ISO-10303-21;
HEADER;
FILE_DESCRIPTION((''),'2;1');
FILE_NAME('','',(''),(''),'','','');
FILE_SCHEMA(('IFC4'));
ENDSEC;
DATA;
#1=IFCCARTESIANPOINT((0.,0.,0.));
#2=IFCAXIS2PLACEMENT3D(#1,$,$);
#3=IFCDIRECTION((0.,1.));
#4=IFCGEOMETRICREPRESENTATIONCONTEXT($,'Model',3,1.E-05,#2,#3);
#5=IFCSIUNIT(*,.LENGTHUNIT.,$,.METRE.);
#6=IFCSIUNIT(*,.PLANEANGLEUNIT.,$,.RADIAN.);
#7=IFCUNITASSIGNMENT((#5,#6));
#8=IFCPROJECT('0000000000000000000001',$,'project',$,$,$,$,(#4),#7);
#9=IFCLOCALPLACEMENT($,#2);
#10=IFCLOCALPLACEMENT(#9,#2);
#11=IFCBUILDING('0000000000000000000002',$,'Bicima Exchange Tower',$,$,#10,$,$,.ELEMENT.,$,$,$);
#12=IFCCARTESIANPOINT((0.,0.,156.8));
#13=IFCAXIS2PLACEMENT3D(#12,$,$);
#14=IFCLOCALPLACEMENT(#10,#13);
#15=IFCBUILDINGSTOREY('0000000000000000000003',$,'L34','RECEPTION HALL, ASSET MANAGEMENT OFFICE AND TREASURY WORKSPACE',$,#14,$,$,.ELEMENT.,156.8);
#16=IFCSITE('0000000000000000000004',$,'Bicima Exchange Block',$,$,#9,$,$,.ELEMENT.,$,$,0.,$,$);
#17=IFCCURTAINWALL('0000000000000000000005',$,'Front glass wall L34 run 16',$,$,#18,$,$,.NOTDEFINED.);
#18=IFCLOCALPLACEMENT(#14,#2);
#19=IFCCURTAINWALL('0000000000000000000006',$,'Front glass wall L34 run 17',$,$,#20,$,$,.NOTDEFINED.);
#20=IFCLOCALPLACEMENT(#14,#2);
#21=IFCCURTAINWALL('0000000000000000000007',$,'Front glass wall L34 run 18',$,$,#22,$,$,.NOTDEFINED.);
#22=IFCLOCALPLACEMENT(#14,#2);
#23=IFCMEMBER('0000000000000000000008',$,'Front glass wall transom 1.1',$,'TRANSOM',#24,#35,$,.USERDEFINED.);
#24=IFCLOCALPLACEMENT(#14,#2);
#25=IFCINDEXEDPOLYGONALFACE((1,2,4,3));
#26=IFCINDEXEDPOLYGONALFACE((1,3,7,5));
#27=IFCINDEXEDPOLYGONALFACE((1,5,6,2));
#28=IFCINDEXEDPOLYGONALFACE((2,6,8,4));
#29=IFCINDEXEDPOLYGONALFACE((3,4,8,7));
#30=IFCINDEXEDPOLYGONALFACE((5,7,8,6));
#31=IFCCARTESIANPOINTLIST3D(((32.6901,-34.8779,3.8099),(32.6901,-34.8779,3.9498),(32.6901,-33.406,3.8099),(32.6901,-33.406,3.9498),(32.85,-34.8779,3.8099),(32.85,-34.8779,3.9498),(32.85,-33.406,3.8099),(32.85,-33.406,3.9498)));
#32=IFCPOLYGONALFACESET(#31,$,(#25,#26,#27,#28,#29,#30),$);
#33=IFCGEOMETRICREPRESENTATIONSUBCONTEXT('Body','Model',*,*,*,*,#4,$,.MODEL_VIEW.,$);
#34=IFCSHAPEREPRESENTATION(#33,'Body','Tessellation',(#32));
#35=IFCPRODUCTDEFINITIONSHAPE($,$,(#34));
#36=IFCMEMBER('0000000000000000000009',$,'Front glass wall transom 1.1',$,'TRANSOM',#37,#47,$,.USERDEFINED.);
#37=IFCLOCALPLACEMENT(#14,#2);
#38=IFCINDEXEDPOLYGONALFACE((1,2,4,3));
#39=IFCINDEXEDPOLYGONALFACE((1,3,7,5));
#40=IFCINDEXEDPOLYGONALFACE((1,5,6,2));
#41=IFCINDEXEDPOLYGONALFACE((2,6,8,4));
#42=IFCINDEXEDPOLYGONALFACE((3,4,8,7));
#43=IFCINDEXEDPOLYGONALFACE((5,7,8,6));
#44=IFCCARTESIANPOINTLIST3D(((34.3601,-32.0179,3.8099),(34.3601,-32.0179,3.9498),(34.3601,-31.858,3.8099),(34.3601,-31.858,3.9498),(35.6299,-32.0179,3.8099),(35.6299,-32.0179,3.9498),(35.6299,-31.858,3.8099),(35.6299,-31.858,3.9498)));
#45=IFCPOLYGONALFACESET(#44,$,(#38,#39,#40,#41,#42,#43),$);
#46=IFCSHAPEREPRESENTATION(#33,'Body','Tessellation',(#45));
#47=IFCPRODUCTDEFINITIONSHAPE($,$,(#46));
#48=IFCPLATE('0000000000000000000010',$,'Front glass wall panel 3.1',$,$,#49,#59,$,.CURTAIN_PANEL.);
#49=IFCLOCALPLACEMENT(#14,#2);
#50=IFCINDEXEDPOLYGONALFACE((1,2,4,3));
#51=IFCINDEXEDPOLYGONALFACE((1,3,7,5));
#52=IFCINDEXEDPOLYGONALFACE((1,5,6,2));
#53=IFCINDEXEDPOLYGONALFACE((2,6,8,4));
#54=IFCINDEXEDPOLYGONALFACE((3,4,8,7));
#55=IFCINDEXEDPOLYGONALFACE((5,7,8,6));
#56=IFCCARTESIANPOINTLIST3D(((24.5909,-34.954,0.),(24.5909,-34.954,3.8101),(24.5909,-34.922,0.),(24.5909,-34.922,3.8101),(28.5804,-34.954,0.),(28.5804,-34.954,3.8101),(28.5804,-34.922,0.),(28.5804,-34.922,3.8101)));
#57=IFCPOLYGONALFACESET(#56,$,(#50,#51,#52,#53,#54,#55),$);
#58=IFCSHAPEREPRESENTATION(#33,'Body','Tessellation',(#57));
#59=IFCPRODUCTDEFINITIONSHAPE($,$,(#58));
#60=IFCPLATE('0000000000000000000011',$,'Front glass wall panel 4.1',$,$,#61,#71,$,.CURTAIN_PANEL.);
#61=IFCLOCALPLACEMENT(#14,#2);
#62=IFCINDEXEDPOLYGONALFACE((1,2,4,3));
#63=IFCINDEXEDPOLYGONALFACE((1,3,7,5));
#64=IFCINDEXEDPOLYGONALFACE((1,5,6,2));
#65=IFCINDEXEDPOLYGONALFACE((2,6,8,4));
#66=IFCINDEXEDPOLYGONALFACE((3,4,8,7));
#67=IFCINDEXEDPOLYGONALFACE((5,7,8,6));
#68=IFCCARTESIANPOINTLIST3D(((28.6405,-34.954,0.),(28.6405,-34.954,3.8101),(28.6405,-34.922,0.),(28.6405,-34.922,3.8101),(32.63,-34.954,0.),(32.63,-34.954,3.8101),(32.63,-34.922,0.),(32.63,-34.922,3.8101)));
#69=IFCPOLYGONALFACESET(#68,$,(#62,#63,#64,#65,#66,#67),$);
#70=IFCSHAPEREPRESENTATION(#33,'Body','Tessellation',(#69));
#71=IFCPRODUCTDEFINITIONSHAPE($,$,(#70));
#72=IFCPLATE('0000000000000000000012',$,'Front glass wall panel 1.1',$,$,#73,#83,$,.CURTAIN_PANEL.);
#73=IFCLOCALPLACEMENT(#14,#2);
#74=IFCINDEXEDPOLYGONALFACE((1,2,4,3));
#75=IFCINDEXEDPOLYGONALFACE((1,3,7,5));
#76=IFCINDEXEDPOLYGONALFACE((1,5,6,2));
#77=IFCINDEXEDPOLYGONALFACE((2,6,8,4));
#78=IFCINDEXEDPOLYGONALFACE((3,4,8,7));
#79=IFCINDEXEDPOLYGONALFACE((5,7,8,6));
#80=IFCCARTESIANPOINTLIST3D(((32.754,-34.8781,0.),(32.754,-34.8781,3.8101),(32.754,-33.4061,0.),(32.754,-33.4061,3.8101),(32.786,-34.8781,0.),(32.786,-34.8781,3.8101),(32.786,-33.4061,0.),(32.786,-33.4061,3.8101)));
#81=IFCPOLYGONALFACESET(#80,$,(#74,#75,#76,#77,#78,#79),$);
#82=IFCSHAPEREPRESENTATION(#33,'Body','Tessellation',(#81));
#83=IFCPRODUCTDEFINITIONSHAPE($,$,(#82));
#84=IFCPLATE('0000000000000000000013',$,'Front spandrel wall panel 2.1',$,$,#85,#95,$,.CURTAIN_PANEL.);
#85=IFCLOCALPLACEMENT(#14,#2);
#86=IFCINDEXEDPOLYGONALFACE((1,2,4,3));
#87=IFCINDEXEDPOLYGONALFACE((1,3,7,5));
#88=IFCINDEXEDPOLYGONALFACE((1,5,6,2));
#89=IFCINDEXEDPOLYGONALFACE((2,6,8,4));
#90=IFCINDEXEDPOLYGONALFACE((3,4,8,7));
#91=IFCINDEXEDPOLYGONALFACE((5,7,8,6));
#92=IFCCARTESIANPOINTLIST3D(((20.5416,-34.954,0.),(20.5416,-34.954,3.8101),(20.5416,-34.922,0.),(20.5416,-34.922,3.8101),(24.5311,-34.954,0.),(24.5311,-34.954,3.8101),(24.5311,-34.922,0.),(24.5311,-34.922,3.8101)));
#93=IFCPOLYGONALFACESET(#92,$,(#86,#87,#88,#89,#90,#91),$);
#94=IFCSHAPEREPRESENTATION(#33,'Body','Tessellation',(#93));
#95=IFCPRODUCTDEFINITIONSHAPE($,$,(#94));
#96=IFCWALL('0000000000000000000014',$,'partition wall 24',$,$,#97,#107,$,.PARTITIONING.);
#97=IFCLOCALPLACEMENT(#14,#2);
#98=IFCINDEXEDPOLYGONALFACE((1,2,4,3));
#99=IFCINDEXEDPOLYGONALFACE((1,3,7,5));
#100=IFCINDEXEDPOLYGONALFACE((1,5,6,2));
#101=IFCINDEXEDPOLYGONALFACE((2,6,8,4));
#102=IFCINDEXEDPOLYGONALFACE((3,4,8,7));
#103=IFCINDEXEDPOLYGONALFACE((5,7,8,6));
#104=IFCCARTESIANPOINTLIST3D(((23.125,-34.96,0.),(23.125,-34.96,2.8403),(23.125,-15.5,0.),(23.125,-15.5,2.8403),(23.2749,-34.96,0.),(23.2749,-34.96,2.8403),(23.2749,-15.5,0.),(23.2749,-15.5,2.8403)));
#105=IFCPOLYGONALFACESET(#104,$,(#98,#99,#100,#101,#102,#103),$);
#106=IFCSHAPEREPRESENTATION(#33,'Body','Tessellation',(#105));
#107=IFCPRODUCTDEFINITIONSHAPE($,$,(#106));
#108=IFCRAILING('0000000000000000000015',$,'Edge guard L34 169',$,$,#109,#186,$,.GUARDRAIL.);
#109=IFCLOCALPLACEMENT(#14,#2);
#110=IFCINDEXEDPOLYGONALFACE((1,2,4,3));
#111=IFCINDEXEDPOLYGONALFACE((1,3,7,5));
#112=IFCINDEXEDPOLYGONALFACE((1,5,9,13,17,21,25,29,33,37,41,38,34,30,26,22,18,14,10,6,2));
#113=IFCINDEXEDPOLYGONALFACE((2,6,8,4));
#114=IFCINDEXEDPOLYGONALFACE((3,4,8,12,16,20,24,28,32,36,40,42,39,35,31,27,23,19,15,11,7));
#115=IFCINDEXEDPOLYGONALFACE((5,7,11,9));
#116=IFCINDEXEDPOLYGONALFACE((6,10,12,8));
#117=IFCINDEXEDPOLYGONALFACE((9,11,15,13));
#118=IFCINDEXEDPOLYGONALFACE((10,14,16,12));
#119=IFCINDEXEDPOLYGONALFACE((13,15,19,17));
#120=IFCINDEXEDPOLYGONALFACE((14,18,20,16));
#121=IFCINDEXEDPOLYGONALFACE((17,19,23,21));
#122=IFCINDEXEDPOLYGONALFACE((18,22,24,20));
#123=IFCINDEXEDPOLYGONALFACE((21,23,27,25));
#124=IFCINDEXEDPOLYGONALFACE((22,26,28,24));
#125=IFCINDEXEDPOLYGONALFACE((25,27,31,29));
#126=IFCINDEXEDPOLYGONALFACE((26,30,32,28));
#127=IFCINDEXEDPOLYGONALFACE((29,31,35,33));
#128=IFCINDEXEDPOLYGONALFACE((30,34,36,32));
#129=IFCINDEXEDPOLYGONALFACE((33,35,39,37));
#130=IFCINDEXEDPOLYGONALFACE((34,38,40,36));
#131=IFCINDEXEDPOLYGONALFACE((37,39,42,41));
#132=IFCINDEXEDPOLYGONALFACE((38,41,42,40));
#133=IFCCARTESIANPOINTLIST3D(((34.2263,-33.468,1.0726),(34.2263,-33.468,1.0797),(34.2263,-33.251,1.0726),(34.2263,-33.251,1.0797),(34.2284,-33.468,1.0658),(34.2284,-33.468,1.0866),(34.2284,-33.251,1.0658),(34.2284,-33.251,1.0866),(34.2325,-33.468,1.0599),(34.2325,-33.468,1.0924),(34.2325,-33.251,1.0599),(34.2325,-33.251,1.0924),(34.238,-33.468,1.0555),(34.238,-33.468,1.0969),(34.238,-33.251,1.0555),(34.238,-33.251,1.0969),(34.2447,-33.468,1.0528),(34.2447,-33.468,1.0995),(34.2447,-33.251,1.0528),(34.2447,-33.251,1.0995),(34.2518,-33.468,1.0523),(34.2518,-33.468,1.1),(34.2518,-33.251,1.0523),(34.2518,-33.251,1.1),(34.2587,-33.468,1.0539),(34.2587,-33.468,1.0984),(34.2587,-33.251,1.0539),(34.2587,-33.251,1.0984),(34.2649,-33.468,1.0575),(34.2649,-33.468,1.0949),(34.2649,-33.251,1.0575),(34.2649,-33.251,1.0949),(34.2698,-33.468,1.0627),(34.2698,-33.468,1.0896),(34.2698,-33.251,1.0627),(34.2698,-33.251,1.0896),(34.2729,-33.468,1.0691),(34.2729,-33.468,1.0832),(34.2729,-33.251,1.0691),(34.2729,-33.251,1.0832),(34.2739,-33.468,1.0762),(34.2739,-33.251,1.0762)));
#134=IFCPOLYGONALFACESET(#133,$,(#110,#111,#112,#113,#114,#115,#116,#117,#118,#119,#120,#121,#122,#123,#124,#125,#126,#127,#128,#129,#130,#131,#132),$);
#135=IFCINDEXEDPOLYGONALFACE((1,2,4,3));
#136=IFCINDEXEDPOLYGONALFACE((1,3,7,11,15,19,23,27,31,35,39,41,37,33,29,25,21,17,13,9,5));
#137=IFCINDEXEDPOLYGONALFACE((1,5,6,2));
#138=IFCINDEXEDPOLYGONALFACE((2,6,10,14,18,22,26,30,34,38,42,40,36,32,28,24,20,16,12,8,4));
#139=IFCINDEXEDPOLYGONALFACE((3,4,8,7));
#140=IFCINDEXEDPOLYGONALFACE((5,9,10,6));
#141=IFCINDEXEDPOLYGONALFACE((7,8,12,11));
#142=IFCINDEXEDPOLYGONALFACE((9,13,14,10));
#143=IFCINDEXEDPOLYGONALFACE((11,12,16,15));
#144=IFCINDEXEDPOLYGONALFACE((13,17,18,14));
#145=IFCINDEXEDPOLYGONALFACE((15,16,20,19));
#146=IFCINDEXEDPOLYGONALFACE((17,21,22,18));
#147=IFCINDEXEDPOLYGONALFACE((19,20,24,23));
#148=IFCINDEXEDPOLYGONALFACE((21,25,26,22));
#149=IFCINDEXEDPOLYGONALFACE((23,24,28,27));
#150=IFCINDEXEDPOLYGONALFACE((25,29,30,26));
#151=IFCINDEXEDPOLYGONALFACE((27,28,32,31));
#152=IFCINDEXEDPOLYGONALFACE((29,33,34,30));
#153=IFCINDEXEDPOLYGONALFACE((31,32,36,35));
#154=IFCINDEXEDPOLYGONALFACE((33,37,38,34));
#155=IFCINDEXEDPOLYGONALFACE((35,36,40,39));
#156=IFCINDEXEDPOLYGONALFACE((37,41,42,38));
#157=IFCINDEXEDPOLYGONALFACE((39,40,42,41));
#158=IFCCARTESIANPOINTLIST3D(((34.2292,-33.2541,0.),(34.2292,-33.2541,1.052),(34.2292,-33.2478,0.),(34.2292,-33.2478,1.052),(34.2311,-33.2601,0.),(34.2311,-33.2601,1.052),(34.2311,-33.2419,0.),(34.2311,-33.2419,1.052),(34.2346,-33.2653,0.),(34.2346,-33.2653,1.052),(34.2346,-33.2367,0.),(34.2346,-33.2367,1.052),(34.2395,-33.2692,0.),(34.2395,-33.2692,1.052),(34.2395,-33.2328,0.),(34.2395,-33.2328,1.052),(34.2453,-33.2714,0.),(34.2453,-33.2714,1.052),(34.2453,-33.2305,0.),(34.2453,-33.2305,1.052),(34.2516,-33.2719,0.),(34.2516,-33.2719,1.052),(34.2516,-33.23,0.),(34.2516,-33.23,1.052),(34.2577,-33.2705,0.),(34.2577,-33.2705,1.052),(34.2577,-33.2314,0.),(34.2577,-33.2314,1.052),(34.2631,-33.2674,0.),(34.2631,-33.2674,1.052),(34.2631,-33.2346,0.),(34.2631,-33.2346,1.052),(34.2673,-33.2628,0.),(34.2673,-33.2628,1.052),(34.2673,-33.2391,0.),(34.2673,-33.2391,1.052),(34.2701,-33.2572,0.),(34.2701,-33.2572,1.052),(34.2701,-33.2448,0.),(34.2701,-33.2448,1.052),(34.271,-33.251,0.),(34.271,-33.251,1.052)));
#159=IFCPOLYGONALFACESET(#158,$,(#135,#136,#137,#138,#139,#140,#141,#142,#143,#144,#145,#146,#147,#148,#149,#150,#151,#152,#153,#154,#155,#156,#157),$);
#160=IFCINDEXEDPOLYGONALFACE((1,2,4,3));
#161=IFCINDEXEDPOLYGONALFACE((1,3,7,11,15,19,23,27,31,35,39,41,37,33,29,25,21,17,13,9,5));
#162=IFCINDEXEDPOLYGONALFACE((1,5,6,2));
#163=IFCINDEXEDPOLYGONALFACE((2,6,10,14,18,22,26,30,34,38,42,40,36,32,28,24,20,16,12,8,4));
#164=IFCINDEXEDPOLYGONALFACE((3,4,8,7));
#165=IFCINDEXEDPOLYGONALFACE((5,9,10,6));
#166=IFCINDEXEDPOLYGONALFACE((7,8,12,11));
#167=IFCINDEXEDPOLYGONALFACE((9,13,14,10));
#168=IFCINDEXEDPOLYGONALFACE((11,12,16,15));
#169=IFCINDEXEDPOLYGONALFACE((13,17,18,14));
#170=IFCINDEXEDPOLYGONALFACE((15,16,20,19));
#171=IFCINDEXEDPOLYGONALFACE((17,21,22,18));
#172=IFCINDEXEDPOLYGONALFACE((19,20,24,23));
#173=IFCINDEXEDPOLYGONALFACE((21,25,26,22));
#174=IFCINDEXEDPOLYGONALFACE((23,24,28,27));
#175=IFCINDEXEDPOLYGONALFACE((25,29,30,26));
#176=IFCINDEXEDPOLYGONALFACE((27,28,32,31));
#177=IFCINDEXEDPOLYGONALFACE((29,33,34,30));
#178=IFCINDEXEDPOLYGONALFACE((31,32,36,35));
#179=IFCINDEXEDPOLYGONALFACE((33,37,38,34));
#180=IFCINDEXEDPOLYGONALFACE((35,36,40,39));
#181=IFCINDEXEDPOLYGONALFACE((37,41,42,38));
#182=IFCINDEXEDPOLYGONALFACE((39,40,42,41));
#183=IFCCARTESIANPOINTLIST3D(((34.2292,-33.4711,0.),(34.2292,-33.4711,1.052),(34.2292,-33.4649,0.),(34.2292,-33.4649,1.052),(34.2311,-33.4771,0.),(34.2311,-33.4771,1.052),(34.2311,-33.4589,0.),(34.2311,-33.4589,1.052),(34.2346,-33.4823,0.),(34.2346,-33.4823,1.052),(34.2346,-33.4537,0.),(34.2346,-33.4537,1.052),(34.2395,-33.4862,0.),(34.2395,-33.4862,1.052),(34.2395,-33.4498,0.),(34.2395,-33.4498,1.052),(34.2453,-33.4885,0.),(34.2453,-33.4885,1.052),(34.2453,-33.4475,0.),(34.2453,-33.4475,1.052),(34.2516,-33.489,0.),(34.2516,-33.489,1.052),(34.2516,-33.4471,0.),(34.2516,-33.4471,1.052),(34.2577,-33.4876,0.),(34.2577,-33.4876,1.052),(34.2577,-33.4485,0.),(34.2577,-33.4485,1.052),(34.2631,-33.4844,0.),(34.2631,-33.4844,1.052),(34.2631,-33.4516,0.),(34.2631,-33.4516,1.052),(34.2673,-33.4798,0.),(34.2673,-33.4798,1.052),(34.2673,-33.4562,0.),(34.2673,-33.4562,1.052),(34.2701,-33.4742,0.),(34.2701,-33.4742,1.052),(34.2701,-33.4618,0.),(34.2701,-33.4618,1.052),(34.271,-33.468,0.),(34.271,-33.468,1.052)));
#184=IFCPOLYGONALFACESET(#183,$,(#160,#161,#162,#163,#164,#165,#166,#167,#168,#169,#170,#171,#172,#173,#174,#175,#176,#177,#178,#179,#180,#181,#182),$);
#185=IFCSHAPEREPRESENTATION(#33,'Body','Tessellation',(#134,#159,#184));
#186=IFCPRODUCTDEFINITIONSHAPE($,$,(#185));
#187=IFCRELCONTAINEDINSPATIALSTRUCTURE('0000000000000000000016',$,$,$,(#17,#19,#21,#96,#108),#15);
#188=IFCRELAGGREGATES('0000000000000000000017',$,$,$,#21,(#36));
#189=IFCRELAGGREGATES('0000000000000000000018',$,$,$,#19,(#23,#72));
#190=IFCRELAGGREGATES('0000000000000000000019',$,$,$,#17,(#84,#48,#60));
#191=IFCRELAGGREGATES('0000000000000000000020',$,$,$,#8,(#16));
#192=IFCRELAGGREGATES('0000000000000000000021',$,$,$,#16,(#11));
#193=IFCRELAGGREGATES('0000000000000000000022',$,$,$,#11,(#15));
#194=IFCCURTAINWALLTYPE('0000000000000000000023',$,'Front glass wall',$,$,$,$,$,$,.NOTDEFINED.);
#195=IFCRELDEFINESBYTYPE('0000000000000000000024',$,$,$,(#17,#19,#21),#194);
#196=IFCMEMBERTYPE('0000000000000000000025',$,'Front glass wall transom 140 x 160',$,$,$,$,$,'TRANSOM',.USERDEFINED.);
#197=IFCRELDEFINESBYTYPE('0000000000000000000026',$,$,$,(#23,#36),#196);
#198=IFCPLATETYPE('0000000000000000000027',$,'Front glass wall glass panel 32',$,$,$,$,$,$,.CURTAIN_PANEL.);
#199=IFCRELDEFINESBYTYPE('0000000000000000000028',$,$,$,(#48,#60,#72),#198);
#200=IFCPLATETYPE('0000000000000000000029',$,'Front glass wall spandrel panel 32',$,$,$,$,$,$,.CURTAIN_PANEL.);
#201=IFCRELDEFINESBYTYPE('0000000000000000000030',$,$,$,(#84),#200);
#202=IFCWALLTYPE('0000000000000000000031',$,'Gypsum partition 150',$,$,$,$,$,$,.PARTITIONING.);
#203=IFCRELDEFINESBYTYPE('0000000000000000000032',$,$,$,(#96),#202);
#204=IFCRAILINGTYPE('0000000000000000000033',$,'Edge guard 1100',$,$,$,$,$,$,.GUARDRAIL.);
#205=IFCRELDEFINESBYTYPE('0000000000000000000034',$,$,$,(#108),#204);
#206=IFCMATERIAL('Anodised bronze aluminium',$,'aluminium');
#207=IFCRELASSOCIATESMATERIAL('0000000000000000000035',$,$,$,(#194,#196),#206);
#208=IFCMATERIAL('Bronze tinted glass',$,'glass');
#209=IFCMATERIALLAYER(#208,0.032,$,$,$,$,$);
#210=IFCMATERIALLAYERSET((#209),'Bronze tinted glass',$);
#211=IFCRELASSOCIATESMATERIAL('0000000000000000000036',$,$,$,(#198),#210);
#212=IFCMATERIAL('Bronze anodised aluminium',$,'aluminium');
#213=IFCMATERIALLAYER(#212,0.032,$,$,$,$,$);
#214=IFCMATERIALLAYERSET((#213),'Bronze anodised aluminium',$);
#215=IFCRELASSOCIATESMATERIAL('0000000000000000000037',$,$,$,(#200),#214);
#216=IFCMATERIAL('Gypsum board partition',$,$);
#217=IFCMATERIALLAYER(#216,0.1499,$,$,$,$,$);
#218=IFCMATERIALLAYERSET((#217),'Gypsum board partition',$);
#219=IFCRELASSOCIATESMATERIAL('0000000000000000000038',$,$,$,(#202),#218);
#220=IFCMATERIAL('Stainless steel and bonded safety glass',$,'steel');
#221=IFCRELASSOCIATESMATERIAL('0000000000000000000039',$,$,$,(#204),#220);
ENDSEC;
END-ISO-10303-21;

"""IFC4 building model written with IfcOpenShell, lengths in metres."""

from ifc_helpers import new_model, si_unit, direction, frame, frame_2d, origin, origin_2d, place, context, subcontext, project, spatial, rectangle, circle, extrude, material, layer, layer_set, material_profile, profile_set, type_object, element, aggregate, save


model = new_model("IFC4")

# Units and contexts
model_context = context("Model", 3, precision=1e-05, world=origin(), true_north=direction((0.0, 1.0)))
body_context = subcontext(model_context, "Body", "Model", "MODEL_VIEW")
ifc_project = project(units=[si_unit("LENGTHUNIT", "METRE"), si_unit("PLANEANGLEUNIT", "RADIAN")], contexts=[model_context])

# Site, building, storey
site_placement = place(None, origin())
site = spatial("IfcSite", under=ifc_project, at=site_placement, Name="Bicima Exchange Block", CompositionType="ELEMENT", RefElevation=0.0)
building_placement = place(site_placement, origin())
building = spatial("IfcBuilding", under=site, at=building_placement, Name="Bicima Exchange Tower", CompositionType="ELEMENT")
storey_placement = place(building_placement, frame((0.0, 0.0, 156.8)))
storey = spatial("IfcBuildingStorey", under=building, at=storey_placement, Name="L34", Description="RECEPTION HALL, ASSET MANAGEMENT OFFICE AND TREASURY WORKSPACE", CompositionType="ELEMENT", Elevation=156.8)

# Curtain walls
ifc_material_1 = material(Name="Anodised bronze aluminium", Category="aluminium")
curtain_wall_type = type_object("IfcCurtainWallType", Name="Front glass wall", PredefinedType="NOTDEFINED", material=ifc_material_1)
curtain_wall_1_placement = place(storey_placement, origin())
curtain_wall_1 = element("IfcCurtainWall", 1, at=curtain_wall_1_placement, inside=storey, type_object=curtain_wall_type, Name="Front glass wall L34 run 16", PredefinedType="NOTDEFINED")
curtain_wall_2_placement = place(storey_placement, origin())
curtain_wall_2 = element("IfcCurtainWall", 2, at=curtain_wall_2_placement, inside=storey, type_object=curtain_wall_type, Name="Front glass wall L34 run 17", PredefinedType="NOTDEFINED")

# Curtain wall
curtain_wall_3_placement = place(storey_placement, origin())
curtain_wall_3 = element("IfcCurtainWall", 3, at=curtain_wall_3_placement, inside=storey, type_object=curtain_wall_type, Name="Front glass wall L34 run 18", PredefinedType="NOTDEFINED")

# Members
ifc_material_profile_1 = material_profile(ifc_material_1, rectangle(XDim=0.1599, YDim=0.1399, at=origin_2d()))
ifc_profile_set_1 = profile_set([ifc_material_profile_1], Name="Anodised bronze aluminium")
member_type_1 = type_object("IfcMemberType", Name="Front glass wall transom 140 x 160", ElementType="TRANSOM", PredefinedType="USERDEFINED", material=ifc_profile_set_1)
member_1_placement = place(storey_placement, frame((32.77, -34.8779, 3.8799), z_axis=(0.0, 1.0, 0.0), x_axis=(-1.0, 0.0, 0.0)))
member_1 = element("IfcMember", 4, at=member_1_placement, type_object=member_type_1, Name="Front glass wall transom 1.1", ObjectType="TRANSOM", PredefinedType="USERDEFINED", context=body_context, shape_type="SweptSolid", body=[
    extrude(rectangle(XDim=0.1599, YDim=0.1399, at=origin_2d()), origin(), (0.0, 0.0, 1.0), 1.4719),
])
member_2_placement = place(storey_placement, frame((34.3601, -31.938, 3.8799), z_axis=(1.0, 0.0, 0.0), x_axis=(0.0, 1.0, 0.0)))
member_2 = element("IfcMember", 5, at=member_2_placement, type_object=member_type_1, Name="Front glass wall transom 1.1", ObjectType="TRANSOM", PredefinedType="USERDEFINED", context=body_context, shape_type="SweptSolid", body=[
    extrude(rectangle(XDim=0.1599, YDim=0.1399, at=origin_2d()), origin(), (0.0, 0.0, 1.0), 1.2698),
])
aggregate(curtain_wall_3, [member_2])

# Plates
ifc_material_2 = material(Name="Bronze tinted glass", Category="glass")
ifc_layer_1 = layer(ifc_material_2, 0.032)
ifc_layer_set_1 = layer_set([ifc_layer_1], Name="Bronze tinted glass")
plate_type_1 = type_object("IfcPlateType", Name="Front glass wall glass panel 32", PredefinedType="CURTAIN_PANEL", material=ifc_layer_set_1)
plate_1_placement = place(storey_placement, frame((26.5857, -34.938, 0.0), z_axis=(0.0, 0.0, 1.0), x_axis=(1.0, 0.0, 0.0)))
plate_1 = element("IfcPlate", 6, at=plate_1_placement, type_object=plate_type_1, Name="Front glass wall panel 3.1", PredefinedType="CURTAIN_PANEL", context=body_context, shape_type="SweptSolid", body=[
    extrude(rectangle(XDim=3.9895, YDim=0.032, at=origin_2d()), origin(), (0.0, 0.0, 1.0), 3.8101),
])
plate_2_placement = place(storey_placement, frame((30.6353, -34.938, 0.0), z_axis=(0.0, 0.0, 1.0), x_axis=(1.0, 0.0, 0.0)))
plate_2 = element("IfcPlate", 7, at=plate_2_placement, type_object=plate_type_1, Name="Front glass wall panel 4.1", PredefinedType="CURTAIN_PANEL", context=body_context, shape_type="SweptSolid", body=[
    extrude(rectangle(XDim=3.9895, YDim=0.032, at=origin_2d()), origin(), (0.0, 0.0, 1.0), 3.8101),
])
plate_3_placement = place(storey_placement, frame((32.77, -34.1421, 0.0), z_axis=(0.0, 0.0, 1.0), x_axis=(0.0, 1.0, 0.0)))
plate_3 = element("IfcPlate", 8, at=plate_3_placement, type_object=plate_type_1, Name="Front glass wall panel 1.1", PredefinedType="CURTAIN_PANEL", context=body_context, shape_type="SweptSolid", body=[
    extrude(rectangle(XDim=1.4719, YDim=0.032, at=origin_2d()), origin(), (0.0, 0.0, 1.0), 3.8101),
])
aggregate(curtain_wall_2, [member_1, plate_3])
ifc_material_3 = material(Name="Bronze anodised aluminium", Category="aluminium")
ifc_layer_2 = layer(ifc_material_3, 0.032)
ifc_layer_set_2 = layer_set([ifc_layer_2], Name="Bronze anodised aluminium")
plate_type_2 = type_object("IfcPlateType", Name="Front glass wall spandrel panel 32", PredefinedType="CURTAIN_PANEL", material=ifc_layer_set_2)
plate_4_placement = place(storey_placement, frame((22.5364, -34.938, 0.0), z_axis=(0.0, 0.0, 1.0), x_axis=(1.0, 0.0, 0.0)))
plate_4 = element("IfcPlate", 9, at=plate_4_placement, type_object=plate_type_2, Name="Front spandrel wall panel 2.1", PredefinedType="CURTAIN_PANEL", context=body_context, shape_type="SweptSolid", body=[
    extrude(rectangle(XDim=3.9895, YDim=0.032, at=origin_2d()), origin(), (0.0, 0.0, 1.0), 3.8101),
])
aggregate(curtain_wall_1, [plate_4, plate_1, plate_2])

# Wall
ifc_material_4 = material(Name="Gypsum board partition")
ifc_layer_3 = layer(ifc_material_4, 0.1499)
ifc_layer_set_3 = layer_set([ifc_layer_3], Name="Gypsum board partition")
wall_type = type_object("IfcWallType", Name="Gypsum partition 150", PredefinedType="PARTITIONING", material=ifc_layer_set_3)
wall_placement = place(storey_placement, frame((23.2, -34.96, 0.0), z_axis=(0.0, 0.0, 1.0), x_axis=(0.0, 1.0, 0.0)))
element("IfcWall", 10, at=wall_placement, inside=storey, type_object=wall_type, Name="partition wall 24", PredefinedType="PARTITIONING", context=body_context, shape_type="SweptSolid", body=[
    extrude(rectangle(XDim=19.46, YDim=0.1499, at=frame_2d((9.73, 0.0))), origin(), (0.0, 0.0, 1.0), 2.8403),
])

# Railing
ifc_material_5 = material(Name="Stainless steel and bonded safety glass", Category="steel")
railing_type = type_object("IfcRailingType", Name="Edge guard 1100", PredefinedType="GUARDRAIL", material=ifc_material_5)
railing_1_placement = place(storey_placement, frame((34.25, -33.251, 0.0)))
element("IfcRailing", 11, at=railing_1_placement, inside=storey, type_object=railing_type, Name="Edge guard L34 169", PredefinedType="GUARDRAIL", context=body_context, shape_type="SweptSolid", body=[
    extrude(circle(Radius=0.0239, at=origin_2d()), frame((0.0, 0.0, 1.0762), z_axis=(0.0, -1.0, 0.0), x_axis=(1.0, 0.0, 0.0)), (0.0, 0.0, 1.0), 0.217),
    extrude(circle(Radius=0.021, at=origin_2d()), origin(), (0.0, 0.0, 1.0), 1.052),
    extrude(circle(Radius=0.021, at=origin_2d()), frame((0.0, -0.217, 0.0)), (0.0, 0.0, 1.0), 1.052),
])

save(model, "model.ifc")
